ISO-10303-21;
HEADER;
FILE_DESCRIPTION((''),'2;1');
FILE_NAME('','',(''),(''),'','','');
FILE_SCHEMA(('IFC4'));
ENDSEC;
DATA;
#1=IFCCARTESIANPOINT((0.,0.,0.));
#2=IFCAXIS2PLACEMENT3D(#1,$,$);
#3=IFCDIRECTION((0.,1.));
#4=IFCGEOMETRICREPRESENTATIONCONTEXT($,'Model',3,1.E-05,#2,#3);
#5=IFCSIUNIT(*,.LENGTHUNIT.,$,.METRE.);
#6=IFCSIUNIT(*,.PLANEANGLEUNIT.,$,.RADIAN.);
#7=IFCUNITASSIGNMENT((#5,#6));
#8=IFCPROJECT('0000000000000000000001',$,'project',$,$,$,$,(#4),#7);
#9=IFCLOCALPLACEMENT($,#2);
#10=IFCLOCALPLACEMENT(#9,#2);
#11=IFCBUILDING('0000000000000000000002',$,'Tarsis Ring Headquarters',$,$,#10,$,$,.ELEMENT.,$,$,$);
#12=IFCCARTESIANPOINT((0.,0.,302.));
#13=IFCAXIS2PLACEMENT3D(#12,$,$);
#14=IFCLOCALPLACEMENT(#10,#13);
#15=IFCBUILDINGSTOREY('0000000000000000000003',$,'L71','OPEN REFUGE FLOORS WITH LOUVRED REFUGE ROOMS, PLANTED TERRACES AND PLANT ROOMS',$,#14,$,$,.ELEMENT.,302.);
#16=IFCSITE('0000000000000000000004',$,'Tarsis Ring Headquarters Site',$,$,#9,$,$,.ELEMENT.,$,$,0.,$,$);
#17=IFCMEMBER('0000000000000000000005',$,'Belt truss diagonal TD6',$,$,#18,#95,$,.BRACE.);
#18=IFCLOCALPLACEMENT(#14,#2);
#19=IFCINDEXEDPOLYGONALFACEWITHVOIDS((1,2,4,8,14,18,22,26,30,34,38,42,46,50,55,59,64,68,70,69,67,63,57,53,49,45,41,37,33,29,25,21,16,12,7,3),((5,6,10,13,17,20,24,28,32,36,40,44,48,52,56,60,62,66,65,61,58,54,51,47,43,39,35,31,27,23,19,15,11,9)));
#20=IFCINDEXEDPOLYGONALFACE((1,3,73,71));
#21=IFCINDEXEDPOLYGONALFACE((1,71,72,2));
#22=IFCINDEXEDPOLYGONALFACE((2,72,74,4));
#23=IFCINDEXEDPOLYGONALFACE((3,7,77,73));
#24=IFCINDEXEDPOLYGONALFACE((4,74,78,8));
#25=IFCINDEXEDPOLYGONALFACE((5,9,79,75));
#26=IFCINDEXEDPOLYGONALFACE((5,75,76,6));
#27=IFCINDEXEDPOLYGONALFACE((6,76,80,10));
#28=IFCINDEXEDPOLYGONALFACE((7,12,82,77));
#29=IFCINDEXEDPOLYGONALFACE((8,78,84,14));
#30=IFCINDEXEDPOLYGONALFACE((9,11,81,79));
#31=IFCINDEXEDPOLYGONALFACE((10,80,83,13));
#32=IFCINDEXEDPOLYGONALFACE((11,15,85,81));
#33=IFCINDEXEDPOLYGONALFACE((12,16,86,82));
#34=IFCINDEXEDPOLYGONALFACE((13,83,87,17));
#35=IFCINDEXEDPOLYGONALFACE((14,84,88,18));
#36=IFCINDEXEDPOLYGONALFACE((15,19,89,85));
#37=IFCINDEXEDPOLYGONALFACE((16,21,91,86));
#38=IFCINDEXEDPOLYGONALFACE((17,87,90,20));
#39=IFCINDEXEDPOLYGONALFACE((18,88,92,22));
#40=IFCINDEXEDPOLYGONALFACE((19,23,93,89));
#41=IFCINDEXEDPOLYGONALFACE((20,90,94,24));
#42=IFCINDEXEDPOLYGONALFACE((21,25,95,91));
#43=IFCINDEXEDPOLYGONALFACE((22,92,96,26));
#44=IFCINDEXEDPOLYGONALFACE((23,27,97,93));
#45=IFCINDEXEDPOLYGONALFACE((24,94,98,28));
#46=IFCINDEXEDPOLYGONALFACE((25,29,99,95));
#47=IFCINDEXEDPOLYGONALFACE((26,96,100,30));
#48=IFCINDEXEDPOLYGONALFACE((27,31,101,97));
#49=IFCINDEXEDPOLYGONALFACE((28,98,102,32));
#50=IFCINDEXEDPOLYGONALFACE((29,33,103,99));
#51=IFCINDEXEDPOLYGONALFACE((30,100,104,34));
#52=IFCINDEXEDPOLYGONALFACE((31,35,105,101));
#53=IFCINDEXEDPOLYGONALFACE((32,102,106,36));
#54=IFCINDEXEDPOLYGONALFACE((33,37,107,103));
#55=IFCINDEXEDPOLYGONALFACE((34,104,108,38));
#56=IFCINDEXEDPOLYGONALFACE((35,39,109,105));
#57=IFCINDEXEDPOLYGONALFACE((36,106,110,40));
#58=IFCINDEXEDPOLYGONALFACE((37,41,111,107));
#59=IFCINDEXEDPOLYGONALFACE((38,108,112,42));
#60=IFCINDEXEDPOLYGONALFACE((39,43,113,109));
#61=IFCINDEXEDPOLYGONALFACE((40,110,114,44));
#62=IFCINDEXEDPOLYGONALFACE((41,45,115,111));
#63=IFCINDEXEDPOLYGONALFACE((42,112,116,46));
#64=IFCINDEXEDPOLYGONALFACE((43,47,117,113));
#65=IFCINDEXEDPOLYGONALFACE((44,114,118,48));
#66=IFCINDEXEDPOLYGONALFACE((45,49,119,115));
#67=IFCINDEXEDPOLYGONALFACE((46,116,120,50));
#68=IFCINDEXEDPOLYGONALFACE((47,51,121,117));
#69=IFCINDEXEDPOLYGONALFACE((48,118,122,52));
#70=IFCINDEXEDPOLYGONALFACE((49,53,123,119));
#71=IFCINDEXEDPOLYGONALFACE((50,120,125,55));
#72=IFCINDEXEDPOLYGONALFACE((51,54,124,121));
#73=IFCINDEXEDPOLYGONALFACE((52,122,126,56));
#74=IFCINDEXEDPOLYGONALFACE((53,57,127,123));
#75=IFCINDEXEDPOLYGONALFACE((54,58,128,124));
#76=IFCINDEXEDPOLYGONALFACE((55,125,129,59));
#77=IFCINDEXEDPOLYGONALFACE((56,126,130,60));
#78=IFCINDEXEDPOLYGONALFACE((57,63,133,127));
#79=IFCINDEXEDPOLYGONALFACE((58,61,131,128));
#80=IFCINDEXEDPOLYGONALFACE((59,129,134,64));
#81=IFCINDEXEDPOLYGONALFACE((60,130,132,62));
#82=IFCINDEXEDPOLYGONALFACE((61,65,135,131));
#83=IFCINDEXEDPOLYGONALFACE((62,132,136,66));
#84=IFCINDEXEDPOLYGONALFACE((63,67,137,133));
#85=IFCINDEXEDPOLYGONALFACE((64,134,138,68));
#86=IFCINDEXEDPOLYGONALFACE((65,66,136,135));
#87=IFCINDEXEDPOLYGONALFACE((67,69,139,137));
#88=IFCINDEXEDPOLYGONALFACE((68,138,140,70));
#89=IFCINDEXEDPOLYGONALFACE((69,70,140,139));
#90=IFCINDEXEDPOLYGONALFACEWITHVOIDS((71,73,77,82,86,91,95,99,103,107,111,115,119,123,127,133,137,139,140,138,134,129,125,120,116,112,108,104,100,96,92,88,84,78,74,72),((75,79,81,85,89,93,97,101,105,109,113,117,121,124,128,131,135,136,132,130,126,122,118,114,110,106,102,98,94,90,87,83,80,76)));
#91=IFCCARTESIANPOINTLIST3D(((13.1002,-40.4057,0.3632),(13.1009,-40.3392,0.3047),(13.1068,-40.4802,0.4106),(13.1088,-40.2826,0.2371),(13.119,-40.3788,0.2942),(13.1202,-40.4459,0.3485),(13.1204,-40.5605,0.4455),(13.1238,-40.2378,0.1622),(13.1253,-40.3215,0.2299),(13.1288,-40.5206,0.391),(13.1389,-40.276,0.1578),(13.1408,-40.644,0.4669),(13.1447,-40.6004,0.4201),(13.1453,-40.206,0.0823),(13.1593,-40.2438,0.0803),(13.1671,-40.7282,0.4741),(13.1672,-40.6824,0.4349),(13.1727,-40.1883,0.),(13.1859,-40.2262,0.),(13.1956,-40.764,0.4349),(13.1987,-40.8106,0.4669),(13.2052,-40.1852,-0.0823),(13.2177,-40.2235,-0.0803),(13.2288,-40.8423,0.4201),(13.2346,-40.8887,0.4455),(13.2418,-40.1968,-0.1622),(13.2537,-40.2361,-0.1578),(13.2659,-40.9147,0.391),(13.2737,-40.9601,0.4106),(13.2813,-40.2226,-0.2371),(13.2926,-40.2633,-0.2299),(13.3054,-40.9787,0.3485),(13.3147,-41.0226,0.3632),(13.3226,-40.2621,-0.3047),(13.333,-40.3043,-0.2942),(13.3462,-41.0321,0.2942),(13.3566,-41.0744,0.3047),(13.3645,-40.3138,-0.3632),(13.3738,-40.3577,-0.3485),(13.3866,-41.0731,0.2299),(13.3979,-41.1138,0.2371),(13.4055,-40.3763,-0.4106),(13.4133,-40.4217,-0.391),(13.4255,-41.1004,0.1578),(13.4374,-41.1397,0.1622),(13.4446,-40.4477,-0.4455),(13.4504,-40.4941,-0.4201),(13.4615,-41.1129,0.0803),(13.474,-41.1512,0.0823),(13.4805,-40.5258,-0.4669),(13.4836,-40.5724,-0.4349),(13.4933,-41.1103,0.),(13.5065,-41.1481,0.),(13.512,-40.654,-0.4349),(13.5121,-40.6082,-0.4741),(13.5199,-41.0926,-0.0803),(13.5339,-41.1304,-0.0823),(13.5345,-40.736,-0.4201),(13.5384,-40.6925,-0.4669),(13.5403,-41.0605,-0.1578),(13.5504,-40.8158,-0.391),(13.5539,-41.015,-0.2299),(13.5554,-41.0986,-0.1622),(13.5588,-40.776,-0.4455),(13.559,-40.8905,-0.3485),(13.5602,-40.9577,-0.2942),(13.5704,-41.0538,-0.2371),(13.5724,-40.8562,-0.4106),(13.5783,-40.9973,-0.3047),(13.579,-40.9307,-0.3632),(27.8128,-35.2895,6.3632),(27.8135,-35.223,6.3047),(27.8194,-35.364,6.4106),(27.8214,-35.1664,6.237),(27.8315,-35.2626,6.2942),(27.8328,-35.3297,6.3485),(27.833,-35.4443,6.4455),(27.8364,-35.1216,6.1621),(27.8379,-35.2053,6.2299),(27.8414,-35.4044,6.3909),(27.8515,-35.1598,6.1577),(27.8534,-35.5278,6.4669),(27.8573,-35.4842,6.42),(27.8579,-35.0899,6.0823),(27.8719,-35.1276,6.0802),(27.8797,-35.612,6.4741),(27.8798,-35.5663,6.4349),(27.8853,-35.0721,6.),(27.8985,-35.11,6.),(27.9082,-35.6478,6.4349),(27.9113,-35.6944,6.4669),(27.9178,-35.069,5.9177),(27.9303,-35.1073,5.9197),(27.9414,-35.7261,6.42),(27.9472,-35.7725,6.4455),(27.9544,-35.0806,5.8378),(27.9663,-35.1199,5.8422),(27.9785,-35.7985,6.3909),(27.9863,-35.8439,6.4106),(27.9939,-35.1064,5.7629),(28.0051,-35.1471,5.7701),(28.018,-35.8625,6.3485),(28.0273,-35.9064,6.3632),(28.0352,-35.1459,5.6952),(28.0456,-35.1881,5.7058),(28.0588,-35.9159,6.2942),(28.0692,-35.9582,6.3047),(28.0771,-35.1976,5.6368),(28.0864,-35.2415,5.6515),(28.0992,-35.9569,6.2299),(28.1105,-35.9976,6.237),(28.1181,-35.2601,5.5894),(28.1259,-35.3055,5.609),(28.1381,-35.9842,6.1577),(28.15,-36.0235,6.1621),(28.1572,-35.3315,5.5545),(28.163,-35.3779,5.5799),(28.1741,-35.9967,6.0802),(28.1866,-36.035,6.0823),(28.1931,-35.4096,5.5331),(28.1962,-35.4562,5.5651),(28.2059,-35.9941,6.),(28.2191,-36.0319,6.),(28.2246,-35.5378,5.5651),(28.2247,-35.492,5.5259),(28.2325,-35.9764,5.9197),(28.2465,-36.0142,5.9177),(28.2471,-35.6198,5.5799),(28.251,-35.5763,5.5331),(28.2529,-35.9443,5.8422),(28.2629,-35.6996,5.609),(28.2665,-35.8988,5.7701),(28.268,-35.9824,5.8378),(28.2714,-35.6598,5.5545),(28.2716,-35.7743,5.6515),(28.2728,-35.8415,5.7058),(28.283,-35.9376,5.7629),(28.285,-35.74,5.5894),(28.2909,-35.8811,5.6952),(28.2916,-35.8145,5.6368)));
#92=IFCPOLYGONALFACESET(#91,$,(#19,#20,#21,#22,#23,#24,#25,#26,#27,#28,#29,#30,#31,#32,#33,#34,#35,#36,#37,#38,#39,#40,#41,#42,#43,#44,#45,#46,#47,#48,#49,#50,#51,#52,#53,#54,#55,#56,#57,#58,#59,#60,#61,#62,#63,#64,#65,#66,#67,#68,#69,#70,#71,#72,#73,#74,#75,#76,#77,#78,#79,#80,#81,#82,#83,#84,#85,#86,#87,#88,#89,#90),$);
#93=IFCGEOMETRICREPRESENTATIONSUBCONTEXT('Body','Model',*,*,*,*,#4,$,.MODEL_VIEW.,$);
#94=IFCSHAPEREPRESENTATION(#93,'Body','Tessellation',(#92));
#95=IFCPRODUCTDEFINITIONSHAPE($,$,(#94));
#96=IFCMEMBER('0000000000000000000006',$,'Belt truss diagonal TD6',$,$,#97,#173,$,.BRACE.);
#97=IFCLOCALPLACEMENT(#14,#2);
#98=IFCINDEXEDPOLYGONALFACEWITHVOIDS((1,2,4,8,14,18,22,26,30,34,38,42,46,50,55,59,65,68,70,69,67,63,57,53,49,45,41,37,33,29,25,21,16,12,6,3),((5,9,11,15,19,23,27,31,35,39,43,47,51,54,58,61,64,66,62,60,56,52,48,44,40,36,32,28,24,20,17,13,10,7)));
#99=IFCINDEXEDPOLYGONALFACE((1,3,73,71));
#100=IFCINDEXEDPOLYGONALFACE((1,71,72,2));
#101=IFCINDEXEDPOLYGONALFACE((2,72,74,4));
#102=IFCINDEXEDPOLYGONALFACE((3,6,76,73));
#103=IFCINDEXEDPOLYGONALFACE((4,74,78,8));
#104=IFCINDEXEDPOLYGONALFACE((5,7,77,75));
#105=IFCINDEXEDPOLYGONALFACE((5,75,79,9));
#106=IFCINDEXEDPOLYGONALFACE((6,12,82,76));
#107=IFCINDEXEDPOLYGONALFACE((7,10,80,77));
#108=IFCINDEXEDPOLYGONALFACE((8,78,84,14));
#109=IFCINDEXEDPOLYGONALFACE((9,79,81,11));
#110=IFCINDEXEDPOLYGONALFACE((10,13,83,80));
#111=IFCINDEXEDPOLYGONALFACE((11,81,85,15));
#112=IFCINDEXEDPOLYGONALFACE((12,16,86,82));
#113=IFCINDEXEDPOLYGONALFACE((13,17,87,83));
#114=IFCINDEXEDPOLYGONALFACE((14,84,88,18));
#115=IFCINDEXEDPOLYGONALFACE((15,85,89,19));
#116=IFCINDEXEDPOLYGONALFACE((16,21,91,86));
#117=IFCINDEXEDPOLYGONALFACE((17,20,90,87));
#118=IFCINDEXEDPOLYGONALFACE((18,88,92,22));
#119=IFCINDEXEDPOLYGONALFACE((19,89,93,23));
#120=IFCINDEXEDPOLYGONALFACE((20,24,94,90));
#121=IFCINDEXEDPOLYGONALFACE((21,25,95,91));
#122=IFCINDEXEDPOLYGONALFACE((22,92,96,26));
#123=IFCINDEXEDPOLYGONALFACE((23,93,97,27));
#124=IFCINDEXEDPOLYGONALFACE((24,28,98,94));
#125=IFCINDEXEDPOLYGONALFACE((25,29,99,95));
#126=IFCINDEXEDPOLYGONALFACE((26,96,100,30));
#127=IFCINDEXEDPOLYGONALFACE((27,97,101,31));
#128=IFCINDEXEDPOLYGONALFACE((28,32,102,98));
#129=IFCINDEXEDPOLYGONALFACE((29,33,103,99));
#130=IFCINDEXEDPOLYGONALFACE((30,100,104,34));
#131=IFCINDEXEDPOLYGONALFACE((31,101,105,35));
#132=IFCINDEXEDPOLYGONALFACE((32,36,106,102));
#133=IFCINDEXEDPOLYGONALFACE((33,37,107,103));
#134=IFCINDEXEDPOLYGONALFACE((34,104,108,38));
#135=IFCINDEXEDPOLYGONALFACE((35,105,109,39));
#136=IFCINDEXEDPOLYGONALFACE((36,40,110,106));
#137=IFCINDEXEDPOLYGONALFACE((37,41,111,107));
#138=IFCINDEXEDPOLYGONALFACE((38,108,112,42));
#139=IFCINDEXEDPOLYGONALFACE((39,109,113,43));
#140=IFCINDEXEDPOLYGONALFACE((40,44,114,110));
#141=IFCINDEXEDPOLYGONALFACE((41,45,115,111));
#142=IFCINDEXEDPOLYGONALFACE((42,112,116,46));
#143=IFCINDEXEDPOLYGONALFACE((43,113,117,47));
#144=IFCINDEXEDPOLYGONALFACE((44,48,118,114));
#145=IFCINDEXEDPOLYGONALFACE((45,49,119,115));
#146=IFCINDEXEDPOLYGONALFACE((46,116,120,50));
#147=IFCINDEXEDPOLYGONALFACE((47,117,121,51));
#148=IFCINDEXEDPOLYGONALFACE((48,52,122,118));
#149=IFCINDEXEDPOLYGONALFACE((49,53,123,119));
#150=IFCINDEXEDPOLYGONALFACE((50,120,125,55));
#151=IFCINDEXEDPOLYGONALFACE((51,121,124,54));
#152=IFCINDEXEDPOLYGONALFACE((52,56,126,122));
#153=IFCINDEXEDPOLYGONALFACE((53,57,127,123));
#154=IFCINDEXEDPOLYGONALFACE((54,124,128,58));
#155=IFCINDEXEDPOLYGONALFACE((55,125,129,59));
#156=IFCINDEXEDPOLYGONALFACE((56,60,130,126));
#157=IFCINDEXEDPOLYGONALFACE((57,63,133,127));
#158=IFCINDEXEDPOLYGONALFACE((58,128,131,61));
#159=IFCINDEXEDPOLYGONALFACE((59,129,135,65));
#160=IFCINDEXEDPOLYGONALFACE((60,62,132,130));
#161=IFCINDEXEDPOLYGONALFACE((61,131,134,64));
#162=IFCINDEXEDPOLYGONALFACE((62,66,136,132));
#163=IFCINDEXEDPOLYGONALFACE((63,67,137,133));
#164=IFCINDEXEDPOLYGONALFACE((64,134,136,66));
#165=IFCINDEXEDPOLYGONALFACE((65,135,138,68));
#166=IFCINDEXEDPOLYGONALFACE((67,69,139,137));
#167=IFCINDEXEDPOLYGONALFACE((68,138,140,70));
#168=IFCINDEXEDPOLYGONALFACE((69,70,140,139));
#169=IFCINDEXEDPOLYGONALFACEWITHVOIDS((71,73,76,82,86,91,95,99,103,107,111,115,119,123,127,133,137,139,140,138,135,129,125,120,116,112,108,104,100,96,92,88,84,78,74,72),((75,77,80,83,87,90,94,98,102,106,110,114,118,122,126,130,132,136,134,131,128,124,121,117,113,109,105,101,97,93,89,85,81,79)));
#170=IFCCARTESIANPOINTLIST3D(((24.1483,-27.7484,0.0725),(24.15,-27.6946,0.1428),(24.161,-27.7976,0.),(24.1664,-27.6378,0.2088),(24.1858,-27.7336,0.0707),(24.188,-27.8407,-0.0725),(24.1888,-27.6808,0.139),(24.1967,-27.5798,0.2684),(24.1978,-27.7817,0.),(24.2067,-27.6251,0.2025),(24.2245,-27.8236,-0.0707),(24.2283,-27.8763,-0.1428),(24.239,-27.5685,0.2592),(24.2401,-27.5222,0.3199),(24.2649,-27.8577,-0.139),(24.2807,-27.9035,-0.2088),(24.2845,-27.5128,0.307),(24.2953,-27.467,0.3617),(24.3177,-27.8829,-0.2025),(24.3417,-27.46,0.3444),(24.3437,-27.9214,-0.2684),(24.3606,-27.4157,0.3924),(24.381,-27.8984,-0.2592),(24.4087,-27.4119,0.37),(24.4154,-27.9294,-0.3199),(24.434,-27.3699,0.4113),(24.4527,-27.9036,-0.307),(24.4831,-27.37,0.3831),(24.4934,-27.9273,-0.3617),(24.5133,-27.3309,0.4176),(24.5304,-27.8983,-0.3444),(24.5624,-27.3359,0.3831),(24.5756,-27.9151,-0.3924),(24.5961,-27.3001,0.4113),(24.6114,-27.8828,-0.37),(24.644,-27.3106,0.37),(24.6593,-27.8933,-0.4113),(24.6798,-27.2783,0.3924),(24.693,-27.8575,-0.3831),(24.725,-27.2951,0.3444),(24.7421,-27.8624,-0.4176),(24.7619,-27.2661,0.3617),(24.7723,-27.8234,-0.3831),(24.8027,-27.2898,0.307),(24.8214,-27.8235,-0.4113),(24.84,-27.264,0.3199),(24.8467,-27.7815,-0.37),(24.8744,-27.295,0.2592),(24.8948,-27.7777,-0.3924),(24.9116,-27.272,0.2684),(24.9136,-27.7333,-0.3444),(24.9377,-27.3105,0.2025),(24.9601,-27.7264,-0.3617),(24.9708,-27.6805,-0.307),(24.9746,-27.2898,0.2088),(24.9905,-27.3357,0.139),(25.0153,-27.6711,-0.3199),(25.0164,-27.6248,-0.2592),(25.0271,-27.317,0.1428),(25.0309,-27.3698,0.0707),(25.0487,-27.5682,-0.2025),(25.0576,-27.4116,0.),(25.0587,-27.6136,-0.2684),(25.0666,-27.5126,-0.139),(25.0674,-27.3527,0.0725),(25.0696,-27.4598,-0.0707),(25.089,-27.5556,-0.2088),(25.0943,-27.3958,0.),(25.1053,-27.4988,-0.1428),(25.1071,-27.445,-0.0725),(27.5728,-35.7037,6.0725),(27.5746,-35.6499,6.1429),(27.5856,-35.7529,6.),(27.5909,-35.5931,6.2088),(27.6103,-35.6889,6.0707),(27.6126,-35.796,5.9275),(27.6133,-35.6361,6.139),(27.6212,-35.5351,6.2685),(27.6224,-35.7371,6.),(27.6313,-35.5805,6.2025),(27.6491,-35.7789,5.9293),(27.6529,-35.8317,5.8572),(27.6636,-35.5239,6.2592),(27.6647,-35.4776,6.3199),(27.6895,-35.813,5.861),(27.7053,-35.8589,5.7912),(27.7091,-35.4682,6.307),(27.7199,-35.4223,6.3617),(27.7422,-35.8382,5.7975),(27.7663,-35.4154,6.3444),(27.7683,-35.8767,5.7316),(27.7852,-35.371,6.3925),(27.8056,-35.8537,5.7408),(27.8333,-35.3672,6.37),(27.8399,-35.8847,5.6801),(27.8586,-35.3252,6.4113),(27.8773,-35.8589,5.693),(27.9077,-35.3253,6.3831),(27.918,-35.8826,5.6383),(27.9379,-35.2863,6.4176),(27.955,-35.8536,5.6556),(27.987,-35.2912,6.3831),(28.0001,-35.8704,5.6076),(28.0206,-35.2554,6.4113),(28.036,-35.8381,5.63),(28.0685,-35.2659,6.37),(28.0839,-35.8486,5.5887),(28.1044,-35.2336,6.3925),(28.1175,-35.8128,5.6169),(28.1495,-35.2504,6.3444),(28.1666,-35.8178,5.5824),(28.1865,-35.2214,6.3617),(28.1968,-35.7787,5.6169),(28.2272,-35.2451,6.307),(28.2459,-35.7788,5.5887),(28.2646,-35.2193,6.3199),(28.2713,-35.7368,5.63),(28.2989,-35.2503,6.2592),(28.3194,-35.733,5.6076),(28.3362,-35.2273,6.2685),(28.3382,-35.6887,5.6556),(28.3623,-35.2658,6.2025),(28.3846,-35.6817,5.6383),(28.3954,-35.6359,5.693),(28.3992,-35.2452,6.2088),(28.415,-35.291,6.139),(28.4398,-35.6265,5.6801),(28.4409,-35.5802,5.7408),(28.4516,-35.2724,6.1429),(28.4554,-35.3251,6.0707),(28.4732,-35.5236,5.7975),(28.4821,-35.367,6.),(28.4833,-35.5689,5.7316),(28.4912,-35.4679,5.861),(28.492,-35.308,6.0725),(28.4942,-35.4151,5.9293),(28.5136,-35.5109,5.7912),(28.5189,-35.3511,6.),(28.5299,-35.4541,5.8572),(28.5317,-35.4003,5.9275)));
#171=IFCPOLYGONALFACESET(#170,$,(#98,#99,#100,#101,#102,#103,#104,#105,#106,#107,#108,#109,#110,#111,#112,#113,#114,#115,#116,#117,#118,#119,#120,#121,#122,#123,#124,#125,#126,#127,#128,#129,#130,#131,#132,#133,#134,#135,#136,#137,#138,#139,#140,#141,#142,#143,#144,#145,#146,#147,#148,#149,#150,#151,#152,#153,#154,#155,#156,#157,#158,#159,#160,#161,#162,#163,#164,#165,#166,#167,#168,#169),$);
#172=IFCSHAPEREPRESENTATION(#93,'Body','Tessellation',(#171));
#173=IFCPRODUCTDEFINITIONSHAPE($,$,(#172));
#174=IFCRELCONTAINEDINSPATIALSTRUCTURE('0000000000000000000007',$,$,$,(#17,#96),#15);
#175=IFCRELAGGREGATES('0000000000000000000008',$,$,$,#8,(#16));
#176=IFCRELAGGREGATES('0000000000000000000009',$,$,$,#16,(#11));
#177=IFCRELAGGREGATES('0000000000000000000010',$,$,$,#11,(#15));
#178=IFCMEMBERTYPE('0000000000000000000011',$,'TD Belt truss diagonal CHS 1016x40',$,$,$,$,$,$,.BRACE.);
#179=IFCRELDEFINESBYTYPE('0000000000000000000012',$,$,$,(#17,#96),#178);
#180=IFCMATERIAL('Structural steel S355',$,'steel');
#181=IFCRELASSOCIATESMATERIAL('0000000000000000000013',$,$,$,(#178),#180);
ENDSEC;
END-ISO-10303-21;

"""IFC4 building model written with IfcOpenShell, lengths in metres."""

from ifc_helpers import new_model, si_unit, direction, frame, origin, origin_2d, place, context, subcontext, project, spatial, hollow_circle, extrude, material, material_profile, profile_set, type_object, element, save


model = new_model("IFC4")

# Units and contexts
model_context = context("Model", 3, precision=1e-05, world=origin(), true_north=direction((0.0, 1.0)))
body_context = subcontext(model_context, "Body", "Model", "MODEL_VIEW")
ifc_project = project(units=[si_unit("LENGTHUNIT", "METRE"), si_unit("PLANEANGLEUNIT", "RADIAN")], contexts=[model_context])

# Site, building, storey
site_placement = place(None, origin())
site = spatial("IfcSite", under=ifc_project, at=site_placement, Name="Tarsis Ring Headquarters Site", CompositionType="ELEMENT", RefElevation=0.0)
building_placement = place(site_placement, origin())
building = spatial("IfcBuilding", under=site, at=building_placement, Name="Tarsis Ring Headquarters", CompositionType="ELEMENT")
storey_placement = place(building_placement, frame((0.0, 0.0, 302.0)))
storey = spatial("IfcBuildingStorey", under=building, at=storey_placement, Name="L71", Description="OPEN REFUGE FLOORS WITH LOUVRED REFUGE ROOMS, PLANTED TERRACES AND PLANT ROOMS", CompositionType="ELEMENT", Elevation=302.0)

# Shared definitions
ifc_material_1 = material(Name="Structural steel S355", Category="steel")
ifc_material_profile_1 = material_profile(ifc_material_1, hollow_circle(Radius=0.5081, WallThickness=0.04, at=origin_2d()), Name="CHS 1016x40")
ifc_profile_set_1 = profile_set([ifc_material_profile_1], Name="Structural steel S355")

# Members
member_type = type_object("IfcMemberType", Name="TD Belt truss diagonal CHS 1016x40", PredefinedType="BRACE", material=ifc_profile_set_1)
member_1_placement = place(storey_placement, frame((13.3396, -40.6682, 0.0), z_axis=(0.881396, 0.306499, 0.359444), x_axis=(-0.32845, 0.944521, 0.0)))
element("IfcMember", 1, at=member_1_placement, inside=storey, type_object=member_type, Name="Belt truss diagonal TD6", PredefinedType="BRACE", context=body_context, shape_type="SweptSolid", body=[
    extrude(hollow_circle(Radius=0.5081, WallThickness=0.04, at=origin_2d()), origin(), (0.0, 0.0, 1.0), 16.6924),
])
member_2_placement = place(storey_placement, frame((24.6277, -27.5967, 0.0), z_axis=(0.325023, -0.755036, 0.569457), x_axis=(0.918511, 0.395395, 0.0)))
element("IfcMember", 2, at=member_2_placement, inside=storey, type_object=member_type, Name="Belt truss diagonal TD6", PredefinedType="BRACE", context=body_context, shape_type="SweptSolid", body=[
    extrude(hollow_circle(Radius=0.5081, WallThickness=0.04, at=origin_2d()), origin(), (0.0, 0.0, 1.0), 10.5364),
])

save(model, "model.ifc")
